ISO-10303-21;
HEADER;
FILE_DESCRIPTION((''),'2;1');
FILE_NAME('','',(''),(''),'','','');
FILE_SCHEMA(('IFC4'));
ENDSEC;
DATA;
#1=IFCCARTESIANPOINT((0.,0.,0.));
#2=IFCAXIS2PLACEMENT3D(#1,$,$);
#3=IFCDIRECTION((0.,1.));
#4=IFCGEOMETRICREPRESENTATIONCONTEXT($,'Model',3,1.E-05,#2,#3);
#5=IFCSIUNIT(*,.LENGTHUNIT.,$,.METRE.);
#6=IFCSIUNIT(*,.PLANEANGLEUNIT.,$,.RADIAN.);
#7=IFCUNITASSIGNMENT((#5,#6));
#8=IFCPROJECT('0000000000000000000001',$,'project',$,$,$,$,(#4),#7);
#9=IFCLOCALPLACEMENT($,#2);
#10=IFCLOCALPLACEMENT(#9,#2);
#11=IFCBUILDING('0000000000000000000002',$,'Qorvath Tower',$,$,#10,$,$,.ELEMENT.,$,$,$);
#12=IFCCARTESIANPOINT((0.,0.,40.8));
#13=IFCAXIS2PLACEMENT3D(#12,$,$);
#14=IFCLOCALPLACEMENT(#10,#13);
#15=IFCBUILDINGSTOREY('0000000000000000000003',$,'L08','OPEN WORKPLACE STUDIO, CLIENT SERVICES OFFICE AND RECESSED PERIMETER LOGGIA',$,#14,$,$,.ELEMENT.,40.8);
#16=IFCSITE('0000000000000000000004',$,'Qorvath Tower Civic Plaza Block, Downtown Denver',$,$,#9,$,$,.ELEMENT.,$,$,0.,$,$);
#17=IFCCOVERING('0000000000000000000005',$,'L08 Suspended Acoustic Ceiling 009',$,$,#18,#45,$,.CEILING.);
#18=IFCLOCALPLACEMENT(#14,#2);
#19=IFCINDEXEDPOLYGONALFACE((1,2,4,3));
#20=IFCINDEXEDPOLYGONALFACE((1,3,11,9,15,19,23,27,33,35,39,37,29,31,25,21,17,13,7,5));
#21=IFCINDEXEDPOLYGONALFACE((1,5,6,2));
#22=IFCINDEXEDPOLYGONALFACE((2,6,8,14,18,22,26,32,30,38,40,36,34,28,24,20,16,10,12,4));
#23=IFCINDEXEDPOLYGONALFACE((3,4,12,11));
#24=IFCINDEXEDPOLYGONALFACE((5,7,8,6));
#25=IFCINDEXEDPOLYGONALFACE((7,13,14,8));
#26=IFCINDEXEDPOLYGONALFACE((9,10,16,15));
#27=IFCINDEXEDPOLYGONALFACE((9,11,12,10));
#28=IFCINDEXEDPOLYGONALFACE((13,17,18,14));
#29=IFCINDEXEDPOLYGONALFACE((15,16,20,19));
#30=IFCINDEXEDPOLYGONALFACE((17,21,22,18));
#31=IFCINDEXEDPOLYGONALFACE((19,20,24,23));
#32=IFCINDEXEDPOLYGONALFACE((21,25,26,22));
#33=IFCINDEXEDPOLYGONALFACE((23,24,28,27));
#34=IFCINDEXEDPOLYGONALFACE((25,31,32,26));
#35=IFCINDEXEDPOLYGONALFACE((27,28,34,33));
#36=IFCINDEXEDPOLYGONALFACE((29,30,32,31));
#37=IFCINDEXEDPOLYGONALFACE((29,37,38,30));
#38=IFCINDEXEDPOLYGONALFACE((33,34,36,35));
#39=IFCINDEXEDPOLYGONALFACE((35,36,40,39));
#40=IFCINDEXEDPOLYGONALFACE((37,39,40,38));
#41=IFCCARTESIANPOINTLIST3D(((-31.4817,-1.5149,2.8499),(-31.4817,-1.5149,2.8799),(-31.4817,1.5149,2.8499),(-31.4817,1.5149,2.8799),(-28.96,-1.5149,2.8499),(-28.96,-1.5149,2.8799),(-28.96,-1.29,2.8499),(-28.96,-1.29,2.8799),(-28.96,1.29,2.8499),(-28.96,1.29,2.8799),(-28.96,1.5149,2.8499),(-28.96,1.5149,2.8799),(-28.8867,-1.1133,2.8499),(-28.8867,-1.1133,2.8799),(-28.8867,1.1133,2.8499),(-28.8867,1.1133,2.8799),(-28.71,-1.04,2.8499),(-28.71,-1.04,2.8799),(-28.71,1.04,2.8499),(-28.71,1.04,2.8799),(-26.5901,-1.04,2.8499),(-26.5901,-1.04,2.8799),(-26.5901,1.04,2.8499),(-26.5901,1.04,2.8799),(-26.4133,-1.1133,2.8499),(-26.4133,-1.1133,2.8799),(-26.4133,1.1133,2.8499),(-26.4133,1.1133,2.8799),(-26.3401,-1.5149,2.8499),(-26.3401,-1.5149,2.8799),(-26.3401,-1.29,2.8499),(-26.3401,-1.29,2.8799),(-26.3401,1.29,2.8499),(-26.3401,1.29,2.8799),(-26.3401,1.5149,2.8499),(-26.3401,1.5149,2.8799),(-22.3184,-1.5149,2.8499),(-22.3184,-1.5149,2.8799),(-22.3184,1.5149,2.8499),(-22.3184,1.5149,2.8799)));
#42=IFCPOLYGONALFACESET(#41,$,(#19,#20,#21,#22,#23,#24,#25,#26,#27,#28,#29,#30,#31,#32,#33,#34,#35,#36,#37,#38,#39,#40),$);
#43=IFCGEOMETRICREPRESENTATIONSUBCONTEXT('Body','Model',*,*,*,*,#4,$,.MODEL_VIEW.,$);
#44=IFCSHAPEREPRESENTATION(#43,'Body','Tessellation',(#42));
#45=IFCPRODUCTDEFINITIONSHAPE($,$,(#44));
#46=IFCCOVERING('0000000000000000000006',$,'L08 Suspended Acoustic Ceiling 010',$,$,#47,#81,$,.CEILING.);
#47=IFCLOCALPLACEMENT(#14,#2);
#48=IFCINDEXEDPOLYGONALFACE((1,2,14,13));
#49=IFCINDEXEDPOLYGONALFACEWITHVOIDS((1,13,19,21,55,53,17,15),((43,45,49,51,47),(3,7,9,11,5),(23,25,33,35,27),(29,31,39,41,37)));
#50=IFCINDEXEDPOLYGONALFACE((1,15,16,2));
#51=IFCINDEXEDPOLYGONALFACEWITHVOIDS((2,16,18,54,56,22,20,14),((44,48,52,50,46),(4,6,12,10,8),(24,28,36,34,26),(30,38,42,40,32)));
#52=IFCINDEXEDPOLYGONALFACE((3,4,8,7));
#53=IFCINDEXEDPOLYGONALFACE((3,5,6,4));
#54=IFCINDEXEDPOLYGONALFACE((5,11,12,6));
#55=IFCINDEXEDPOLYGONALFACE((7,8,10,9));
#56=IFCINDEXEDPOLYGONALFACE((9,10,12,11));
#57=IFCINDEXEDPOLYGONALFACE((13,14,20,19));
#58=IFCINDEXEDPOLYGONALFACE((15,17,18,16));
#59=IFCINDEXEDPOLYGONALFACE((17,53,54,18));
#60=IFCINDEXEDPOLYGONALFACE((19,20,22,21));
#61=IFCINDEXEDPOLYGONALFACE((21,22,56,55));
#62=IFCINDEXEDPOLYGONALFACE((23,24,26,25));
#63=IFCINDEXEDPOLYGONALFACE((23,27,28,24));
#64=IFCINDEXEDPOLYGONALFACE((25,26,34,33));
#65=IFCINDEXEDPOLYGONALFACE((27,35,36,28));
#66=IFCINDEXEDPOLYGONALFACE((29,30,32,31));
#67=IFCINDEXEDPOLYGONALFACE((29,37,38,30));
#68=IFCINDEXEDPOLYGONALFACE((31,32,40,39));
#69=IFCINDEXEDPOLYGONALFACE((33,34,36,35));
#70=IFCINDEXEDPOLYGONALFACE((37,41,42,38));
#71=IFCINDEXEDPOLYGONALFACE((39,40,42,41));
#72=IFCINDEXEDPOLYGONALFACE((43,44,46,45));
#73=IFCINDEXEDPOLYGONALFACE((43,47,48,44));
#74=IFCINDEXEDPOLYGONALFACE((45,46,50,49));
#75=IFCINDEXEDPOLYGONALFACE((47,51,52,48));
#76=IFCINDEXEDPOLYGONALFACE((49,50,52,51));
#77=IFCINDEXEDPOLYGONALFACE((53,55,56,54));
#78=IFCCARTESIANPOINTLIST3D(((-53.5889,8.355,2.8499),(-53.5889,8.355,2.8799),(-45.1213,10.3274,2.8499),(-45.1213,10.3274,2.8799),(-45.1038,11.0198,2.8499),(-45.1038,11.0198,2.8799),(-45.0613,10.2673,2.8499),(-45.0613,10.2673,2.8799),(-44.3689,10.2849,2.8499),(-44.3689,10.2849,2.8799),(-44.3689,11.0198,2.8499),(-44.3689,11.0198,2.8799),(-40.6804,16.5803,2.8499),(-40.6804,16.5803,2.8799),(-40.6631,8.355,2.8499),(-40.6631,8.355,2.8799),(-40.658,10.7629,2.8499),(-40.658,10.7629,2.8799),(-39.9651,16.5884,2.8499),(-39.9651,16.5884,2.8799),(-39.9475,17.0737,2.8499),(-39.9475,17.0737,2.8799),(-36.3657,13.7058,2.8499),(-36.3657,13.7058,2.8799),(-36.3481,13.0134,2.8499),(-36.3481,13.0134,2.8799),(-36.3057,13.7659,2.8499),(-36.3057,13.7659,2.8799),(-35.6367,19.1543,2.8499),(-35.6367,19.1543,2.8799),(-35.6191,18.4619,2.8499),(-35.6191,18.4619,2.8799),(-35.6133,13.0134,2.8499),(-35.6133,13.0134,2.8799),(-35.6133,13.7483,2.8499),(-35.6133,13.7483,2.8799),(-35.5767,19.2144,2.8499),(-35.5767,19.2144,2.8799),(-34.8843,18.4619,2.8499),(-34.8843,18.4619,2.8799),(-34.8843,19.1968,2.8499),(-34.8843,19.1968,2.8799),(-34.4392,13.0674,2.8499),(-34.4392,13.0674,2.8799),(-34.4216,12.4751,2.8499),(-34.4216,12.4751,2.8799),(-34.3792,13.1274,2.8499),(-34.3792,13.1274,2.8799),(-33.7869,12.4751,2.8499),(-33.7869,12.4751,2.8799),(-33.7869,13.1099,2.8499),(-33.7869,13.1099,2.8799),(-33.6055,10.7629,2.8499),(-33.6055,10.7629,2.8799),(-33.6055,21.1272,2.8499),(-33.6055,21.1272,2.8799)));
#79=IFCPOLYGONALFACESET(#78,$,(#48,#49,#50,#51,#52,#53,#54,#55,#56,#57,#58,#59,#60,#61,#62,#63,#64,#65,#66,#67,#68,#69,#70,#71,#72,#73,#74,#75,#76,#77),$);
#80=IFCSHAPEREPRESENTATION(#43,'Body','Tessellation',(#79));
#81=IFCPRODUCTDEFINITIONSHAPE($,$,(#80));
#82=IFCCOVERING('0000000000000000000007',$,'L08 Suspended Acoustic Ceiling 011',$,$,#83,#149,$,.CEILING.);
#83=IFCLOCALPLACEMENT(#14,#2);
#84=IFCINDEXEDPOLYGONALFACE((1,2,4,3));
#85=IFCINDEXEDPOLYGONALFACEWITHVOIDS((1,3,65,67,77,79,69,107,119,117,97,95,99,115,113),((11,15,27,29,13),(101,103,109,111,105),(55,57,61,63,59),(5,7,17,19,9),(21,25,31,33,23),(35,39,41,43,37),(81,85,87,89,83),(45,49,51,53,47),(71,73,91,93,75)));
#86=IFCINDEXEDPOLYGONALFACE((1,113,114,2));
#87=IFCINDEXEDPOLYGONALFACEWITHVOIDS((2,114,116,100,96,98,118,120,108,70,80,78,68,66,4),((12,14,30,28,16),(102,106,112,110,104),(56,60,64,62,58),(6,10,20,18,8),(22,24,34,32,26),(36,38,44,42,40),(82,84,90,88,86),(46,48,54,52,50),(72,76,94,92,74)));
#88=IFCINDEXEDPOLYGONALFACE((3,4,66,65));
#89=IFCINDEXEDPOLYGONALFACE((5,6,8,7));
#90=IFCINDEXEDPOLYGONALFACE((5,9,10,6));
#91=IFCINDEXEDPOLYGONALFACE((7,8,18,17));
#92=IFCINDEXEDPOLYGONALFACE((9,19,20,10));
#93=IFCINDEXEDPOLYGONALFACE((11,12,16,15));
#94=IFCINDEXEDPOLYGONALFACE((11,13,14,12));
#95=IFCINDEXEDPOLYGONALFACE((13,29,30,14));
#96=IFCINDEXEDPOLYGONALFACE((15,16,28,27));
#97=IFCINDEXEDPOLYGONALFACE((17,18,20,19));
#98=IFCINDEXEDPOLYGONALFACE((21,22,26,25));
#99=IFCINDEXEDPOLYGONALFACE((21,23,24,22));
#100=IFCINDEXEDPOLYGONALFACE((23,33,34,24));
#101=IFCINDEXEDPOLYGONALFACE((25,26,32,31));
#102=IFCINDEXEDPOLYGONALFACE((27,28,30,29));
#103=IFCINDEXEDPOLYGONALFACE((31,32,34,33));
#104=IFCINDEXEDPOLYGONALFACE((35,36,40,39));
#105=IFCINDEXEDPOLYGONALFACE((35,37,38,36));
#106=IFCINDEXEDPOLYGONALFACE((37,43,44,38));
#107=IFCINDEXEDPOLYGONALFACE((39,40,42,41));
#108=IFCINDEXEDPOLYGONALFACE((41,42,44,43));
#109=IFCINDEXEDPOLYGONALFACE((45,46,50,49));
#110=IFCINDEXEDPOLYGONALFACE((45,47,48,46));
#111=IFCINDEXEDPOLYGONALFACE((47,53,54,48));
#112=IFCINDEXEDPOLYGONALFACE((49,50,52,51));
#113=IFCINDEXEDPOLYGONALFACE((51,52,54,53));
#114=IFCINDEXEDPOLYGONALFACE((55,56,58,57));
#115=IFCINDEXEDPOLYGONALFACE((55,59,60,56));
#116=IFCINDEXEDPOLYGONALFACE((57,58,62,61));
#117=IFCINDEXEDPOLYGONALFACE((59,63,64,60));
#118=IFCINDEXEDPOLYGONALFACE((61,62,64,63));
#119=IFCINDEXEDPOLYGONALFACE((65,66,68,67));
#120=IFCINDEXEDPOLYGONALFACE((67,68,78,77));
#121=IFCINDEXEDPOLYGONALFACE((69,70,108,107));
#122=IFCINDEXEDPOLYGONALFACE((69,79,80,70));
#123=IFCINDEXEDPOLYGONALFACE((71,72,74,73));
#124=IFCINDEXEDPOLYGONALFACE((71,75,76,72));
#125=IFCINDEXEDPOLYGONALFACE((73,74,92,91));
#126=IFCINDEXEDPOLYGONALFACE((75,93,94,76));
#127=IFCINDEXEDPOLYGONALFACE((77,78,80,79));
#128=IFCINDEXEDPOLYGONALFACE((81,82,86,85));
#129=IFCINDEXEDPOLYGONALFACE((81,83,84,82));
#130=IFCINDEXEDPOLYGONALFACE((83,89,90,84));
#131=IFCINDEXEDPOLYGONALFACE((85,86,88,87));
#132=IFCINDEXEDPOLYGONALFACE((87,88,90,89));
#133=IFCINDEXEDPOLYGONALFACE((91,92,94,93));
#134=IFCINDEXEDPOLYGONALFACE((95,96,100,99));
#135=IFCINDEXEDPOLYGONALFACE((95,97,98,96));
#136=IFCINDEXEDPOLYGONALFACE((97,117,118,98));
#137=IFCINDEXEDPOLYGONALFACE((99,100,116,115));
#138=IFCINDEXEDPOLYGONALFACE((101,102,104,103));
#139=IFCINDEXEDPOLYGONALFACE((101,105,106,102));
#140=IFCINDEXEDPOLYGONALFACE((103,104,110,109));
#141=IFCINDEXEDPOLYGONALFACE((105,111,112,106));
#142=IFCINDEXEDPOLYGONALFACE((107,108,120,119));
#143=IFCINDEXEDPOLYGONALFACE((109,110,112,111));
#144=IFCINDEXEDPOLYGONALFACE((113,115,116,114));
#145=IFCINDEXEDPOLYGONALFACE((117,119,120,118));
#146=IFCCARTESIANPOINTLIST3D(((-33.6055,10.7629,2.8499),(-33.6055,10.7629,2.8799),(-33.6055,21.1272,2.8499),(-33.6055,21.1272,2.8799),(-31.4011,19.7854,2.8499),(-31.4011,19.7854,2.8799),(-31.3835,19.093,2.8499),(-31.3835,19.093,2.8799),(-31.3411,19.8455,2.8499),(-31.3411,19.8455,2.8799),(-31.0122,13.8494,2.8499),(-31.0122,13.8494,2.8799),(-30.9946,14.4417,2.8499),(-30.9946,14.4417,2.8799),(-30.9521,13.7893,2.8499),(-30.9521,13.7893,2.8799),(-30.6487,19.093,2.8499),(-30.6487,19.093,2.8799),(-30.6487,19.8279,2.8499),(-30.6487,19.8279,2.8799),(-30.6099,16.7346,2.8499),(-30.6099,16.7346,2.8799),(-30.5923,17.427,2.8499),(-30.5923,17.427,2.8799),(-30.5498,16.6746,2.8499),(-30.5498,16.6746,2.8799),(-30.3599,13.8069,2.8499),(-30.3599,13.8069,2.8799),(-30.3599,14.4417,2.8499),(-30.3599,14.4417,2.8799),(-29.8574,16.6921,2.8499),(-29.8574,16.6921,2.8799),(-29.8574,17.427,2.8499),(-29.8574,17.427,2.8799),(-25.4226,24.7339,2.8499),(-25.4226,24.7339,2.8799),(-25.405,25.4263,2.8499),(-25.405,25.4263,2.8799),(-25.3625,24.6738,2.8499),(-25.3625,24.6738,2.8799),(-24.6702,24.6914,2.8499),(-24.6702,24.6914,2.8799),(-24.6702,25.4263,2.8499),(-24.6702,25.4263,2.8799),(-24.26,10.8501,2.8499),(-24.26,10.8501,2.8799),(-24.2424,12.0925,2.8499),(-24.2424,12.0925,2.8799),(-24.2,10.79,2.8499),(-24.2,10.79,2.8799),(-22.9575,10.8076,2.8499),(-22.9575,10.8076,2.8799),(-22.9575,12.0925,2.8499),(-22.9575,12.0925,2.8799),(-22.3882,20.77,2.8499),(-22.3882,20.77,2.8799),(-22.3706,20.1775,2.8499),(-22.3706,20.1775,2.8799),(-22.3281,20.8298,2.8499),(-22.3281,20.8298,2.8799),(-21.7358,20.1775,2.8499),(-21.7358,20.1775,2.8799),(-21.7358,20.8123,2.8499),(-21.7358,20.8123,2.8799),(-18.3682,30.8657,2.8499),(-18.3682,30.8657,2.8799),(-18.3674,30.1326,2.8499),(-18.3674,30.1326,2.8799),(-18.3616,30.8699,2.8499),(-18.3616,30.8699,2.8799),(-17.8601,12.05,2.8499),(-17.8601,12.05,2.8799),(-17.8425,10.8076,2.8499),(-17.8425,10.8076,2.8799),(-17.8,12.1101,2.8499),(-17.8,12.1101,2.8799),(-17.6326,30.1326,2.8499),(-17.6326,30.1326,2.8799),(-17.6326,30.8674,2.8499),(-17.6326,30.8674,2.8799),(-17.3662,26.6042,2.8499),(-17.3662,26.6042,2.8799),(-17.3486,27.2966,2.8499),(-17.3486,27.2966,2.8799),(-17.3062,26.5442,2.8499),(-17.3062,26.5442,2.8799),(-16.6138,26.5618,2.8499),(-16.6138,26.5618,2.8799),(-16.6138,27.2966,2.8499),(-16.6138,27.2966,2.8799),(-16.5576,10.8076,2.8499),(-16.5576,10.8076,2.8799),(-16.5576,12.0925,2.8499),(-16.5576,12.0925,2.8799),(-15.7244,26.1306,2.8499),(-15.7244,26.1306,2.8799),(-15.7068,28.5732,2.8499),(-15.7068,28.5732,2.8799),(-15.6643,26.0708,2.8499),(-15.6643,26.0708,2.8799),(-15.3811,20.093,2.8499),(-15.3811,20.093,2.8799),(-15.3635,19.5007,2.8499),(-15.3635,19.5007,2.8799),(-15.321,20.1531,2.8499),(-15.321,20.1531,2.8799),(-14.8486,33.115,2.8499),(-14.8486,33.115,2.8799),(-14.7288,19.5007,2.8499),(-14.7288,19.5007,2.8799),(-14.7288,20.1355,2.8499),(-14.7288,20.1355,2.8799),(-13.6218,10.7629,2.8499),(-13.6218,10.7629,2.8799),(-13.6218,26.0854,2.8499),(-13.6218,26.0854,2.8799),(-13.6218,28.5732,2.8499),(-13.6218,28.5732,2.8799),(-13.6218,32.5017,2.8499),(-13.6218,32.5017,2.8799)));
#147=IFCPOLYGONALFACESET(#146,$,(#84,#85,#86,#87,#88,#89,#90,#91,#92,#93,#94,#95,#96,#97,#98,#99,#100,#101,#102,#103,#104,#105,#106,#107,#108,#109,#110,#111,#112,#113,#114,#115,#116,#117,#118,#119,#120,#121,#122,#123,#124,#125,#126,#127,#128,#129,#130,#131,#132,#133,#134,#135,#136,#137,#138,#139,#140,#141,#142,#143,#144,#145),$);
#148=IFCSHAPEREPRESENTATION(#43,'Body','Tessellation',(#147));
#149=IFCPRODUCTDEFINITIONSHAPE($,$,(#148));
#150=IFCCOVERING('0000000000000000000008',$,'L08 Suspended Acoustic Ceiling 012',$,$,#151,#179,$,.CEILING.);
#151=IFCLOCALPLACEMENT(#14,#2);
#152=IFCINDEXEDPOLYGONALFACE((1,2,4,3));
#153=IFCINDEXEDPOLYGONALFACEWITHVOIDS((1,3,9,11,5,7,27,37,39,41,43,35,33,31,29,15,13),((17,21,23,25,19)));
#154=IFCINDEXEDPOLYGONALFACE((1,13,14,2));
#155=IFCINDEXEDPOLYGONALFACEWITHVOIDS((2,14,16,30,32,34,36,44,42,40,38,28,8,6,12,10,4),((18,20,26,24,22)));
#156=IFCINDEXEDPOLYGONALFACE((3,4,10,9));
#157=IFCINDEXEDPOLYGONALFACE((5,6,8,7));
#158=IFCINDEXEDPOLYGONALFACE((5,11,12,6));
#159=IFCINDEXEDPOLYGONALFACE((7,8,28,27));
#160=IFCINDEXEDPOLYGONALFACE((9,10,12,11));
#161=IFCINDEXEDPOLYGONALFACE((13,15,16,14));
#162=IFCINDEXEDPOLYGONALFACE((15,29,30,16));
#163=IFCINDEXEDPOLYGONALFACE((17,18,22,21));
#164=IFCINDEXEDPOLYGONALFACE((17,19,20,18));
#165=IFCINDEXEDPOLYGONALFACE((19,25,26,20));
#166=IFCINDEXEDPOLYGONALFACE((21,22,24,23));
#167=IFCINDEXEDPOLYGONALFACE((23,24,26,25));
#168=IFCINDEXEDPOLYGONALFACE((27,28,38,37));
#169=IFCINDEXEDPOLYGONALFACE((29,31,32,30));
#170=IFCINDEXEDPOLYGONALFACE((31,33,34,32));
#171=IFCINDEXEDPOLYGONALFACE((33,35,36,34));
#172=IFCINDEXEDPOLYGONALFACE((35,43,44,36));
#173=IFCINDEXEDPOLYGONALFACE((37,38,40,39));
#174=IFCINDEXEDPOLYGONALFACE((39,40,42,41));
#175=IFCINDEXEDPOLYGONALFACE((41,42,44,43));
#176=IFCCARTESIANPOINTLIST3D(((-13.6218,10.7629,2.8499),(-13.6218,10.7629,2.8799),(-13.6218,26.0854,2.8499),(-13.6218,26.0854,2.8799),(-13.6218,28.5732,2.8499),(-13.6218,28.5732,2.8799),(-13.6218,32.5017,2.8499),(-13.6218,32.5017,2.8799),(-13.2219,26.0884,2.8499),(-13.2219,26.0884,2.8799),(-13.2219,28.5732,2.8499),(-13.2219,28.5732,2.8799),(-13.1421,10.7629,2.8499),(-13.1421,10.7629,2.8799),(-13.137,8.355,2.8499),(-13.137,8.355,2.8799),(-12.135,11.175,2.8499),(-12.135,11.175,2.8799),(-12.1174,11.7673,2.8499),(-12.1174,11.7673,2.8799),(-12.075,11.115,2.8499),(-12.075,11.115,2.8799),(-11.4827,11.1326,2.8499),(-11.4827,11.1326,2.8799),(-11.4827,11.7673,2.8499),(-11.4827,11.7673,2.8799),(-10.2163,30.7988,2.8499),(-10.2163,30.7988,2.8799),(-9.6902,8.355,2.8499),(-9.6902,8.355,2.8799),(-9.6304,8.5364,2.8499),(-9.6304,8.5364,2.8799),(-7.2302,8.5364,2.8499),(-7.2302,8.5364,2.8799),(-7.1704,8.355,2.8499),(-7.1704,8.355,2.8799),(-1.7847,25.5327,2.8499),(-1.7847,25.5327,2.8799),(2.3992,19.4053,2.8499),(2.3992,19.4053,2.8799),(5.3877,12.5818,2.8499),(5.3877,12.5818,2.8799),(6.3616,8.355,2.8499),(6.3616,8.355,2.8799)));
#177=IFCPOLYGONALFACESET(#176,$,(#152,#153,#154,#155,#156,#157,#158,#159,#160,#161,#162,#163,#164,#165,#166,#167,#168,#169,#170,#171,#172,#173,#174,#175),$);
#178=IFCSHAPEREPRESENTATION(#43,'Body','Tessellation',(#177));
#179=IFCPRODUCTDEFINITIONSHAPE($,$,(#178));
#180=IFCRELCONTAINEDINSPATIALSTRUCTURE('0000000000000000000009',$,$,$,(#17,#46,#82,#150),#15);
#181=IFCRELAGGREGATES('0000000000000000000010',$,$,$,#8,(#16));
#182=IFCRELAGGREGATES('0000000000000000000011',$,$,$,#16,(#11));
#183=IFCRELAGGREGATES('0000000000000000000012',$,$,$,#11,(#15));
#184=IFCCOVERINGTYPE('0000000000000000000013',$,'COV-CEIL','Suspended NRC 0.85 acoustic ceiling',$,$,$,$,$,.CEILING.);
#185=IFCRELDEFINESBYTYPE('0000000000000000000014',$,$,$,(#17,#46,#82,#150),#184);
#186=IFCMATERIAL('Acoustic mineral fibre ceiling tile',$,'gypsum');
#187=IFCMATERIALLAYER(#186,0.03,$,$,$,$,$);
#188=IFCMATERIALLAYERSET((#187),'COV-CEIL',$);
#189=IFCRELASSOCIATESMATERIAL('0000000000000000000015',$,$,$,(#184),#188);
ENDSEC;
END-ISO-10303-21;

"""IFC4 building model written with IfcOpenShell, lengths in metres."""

from ifc_helpers import new_model, si_unit, direction, frame, origin, place, context, subcontext, project, spatial, polyline, outline, extrude, material, layer, layer_set, type_object, element, save


model = new_model("IFC4")

# Units and contexts
model_context = context("Model", 3, precision=1e-05, world=origin(), true_north=direction((0.0, 1.0)))
body_context = subcontext(model_context, "Body", "Model", "MODEL_VIEW")
ifc_project = project(units=[si_unit("LENGTHUNIT", "METRE"), si_unit("PLANEANGLEUNIT", "RADIAN")], contexts=[model_context])

# Site, building, storey
site_placement = place(None, origin())
site = spatial("IfcSite", under=ifc_project, at=site_placement, Name="Qorvath Tower Civic Plaza Block, Downtown Denver", CompositionType="ELEMENT", RefElevation=0.0)
building_placement = place(site_placement, origin())
building = spatial("IfcBuilding", under=site, at=building_placement, Name="Qorvath Tower", CompositionType="ELEMENT")
storey_placement = place(building_placement, frame((0.0, 0.0, 40.8)))
storey = spatial("IfcBuildingStorey", under=building, at=storey_placement, Name="L08", Description="OPEN WORKPLACE STUDIO, CLIENT SERVICES OFFICE AND RECESSED PERIMETER LOGGIA", CompositionType="ELEMENT", Elevation=40.8)

# Coverings
ifc_material_1 = material(Name="Acoustic mineral fibre ceiling tile", Category="gypsum")
ifc_layer_1 = layer(ifc_material_1, 0.03)
ifc_layer_set_1 = layer_set([ifc_layer_1], Name="COV-CEIL")
covering_type_1 = type_object("IfcCoveringType", Name="COV-CEIL", Description="Suspended NRC 0.85 acoustic ceiling", PredefinedType="CEILING", material=ifc_layer_set_1)
covering_1_placement = place(storey_placement, frame((0.0, 0.0, 2.8499)))
element("IfcCovering", 1, at=covering_1_placement, inside=storey, type_object=covering_type_1, Name="L08 Suspended Acoustic Ceiling 009", PredefinedType="CEILING", context=body_context, shape_type="SweptSolid", body=[
    extrude(outline(polyline([(-22.3184, -1.5149), (-22.3184, 1.5149), (-26.3401, 1.5149), (-26.3401, 1.29), (-26.4133, 1.1133), (-26.5901, 1.04), (-28.71, 1.04), (-28.8867, 1.1133), (-28.96, 1.29), (-28.96, 1.5149), (-31.4817, 1.5149), (-31.4817, -1.5149), (-28.96, -1.5149), (-28.96, -1.29), (-28.8867, -1.1133), (-28.71, -1.04), (-26.5901, -1.04), (-26.4133, -1.1133), (-26.3401, -1.29), (-26.3401, -1.5149), (-22.3184, -1.5149)])), origin(), (0.0, 0.0, 1.0), 0.03),
])
covering_2_placement = place(storey_placement, frame((0.0, 0.0, 2.8499)))
element("IfcCovering", 2, at=covering_2_placement, inside=storey, type_object=covering_type_1, Name="L08 Suspended Acoustic Ceiling 010", PredefinedType="CEILING", context=body_context, shape_type="SweptSolid", body=[
    extrude(outline(polyline([(-33.6055, 10.7629), (-33.6055, 21.1272), (-39.9475, 17.0737), (-39.9651, 16.5884), (-40.6804, 16.5803), (-53.5889, 8.355), (-40.6631, 8.355), (-40.658, 10.7629), (-33.6055, 10.7629)]), holes=[polyline([(-34.4392, 13.0674), (-34.3792, 13.1274), (-33.7869, 13.1099), (-33.7869, 12.4751), (-34.4216, 12.4751), (-34.4392, 13.0674)]), polyline([(-35.6367, 19.1543), (-35.5767, 19.2144), (-34.8843, 19.1968), (-34.8843, 18.4619), (-35.6191, 18.4619), (-35.6367, 19.1543)]), polyline([(-36.3657, 13.7058), (-36.3057, 13.7659), (-35.6133, 13.7483), (-35.6133, 13.0134), (-36.3481, 13.0134), (-36.3657, 13.7058)]), polyline([(-45.1213, 10.3274), (-45.1038, 11.0198), (-44.3689, 11.0198), (-44.3689, 10.2849), (-45.0613, 10.2673), (-45.1213, 10.3274)])]), origin(), (0.0, 0.0, 1.0), 0.03),
])
covering_3_placement = place(storey_placement, frame((0.0, 0.0, 2.8499)))
element("IfcCovering", 3, at=covering_3_placement, inside=storey, type_object=covering_type_1, Name="L08 Suspended Acoustic Ceiling 011", PredefinedType="CEILING", context=body_context, shape_type="SweptSolid", body=[
    extrude(outline(polyline([(-18.3682, 30.8657), (-33.6055, 21.1272), (-33.6055, 10.7629), (-13.6218, 10.7629), (-13.6218, 26.0854), (-15.6643, 26.0708), (-15.7244, 26.1306), (-15.7068, 28.5732), (-13.6218, 28.5732), (-13.6218, 32.5017), (-14.8486, 33.115), (-18.3616, 30.8699), (-17.6326, 30.8674), (-17.6326, 30.1326), (-18.3674, 30.1326), (-18.3682, 30.8657)]), holes=[polyline([(-15.3811, 20.093), (-15.321, 20.1531), (-14.7288, 20.1355), (-14.7288, 19.5007), (-15.3635, 19.5007), (-15.3811, 20.093)]), polyline([(-17.8601, 12.05), (-17.8, 12.1101), (-16.5576, 12.0925), (-16.5576, 10.8076), (-17.8425, 10.8076), (-17.8601, 12.05)]), polyline([(-17.3662, 26.6042), (-17.3486, 27.2966), (-16.6138, 27.2966), (-16.6138, 26.5618), (-17.3062, 26.5442), (-17.3662, 26.6042)]), polyline([(-22.3882, 20.77), (-22.3281, 20.8298), (-21.7358, 20.8123), (-21.7358, 20.1775), (-22.3706, 20.1775), (-22.3882, 20.77)]), polyline([(-24.26, 10.8501), (-24.2424, 12.0925), (-22.9575, 12.0925), (-22.9575, 10.8076), (-24.2, 10.79), (-24.26, 10.8501)]), polyline([(-25.4226, 24.7339), (-25.405, 25.4263), (-24.6702, 25.4263), (-24.6702, 24.6914), (-25.3625, 24.6738), (-25.4226, 24.7339)]), polyline([(-30.6099, 16.7346), (-30.5923, 17.427), (-29.8574, 17.427), (-29.8574, 16.6921), (-30.5498, 16.6746), (-30.6099, 16.7346)]), polyline([(-31.0122, 13.8494), (-30.9946, 14.4417), (-30.3599, 14.4417), (-30.3599, 13.8069), (-30.9521, 13.7893), (-31.0122, 13.8494)]), polyline([(-31.4011, 19.7854), (-31.3411, 19.8455), (-30.6487, 19.8279), (-30.6487, 19.093), (-31.3835, 19.093), (-31.4011, 19.7854)])]), origin(), (0.0, 0.0, 1.0), 0.03),
])
covering_4_placement = place(storey_placement, frame((0.0, 0.0, 2.8499)))
element("IfcCovering", 4, at=covering_4_placement, inside=storey, type_object=covering_type_1, Name="L08 Suspended Acoustic Ceiling 012", PredefinedType="CEILING", context=body_context, shape_type="SweptSolid", body=[
    extrude(outline(polyline([(-13.6218, 32.5017), (-13.6218, 28.5732), (-13.2219, 28.5732), (-13.2219, 26.0884), (-13.6218, 26.0854), (-13.6218, 10.7629), (-13.1421, 10.7629), (-13.137, 8.355), (-9.6902, 8.355), (-9.6304, 8.5364), (-7.2302, 8.5364), (-7.1704, 8.355), (6.3616, 8.355), (5.3877, 12.5818), (2.3992, 19.4053), (-1.7847, 25.5327), (-10.2163, 30.7988), (-13.6218, 32.5017)]), holes=[polyline([(-12.135, 11.175), (-12.1174, 11.7673), (-11.4827, 11.7673), (-11.4827, 11.1326), (-12.075, 11.115), (-12.135, 11.175)])]), origin(), (0.0, 0.0, 1.0), 0.03),
])

save(model, "model.ifc")
